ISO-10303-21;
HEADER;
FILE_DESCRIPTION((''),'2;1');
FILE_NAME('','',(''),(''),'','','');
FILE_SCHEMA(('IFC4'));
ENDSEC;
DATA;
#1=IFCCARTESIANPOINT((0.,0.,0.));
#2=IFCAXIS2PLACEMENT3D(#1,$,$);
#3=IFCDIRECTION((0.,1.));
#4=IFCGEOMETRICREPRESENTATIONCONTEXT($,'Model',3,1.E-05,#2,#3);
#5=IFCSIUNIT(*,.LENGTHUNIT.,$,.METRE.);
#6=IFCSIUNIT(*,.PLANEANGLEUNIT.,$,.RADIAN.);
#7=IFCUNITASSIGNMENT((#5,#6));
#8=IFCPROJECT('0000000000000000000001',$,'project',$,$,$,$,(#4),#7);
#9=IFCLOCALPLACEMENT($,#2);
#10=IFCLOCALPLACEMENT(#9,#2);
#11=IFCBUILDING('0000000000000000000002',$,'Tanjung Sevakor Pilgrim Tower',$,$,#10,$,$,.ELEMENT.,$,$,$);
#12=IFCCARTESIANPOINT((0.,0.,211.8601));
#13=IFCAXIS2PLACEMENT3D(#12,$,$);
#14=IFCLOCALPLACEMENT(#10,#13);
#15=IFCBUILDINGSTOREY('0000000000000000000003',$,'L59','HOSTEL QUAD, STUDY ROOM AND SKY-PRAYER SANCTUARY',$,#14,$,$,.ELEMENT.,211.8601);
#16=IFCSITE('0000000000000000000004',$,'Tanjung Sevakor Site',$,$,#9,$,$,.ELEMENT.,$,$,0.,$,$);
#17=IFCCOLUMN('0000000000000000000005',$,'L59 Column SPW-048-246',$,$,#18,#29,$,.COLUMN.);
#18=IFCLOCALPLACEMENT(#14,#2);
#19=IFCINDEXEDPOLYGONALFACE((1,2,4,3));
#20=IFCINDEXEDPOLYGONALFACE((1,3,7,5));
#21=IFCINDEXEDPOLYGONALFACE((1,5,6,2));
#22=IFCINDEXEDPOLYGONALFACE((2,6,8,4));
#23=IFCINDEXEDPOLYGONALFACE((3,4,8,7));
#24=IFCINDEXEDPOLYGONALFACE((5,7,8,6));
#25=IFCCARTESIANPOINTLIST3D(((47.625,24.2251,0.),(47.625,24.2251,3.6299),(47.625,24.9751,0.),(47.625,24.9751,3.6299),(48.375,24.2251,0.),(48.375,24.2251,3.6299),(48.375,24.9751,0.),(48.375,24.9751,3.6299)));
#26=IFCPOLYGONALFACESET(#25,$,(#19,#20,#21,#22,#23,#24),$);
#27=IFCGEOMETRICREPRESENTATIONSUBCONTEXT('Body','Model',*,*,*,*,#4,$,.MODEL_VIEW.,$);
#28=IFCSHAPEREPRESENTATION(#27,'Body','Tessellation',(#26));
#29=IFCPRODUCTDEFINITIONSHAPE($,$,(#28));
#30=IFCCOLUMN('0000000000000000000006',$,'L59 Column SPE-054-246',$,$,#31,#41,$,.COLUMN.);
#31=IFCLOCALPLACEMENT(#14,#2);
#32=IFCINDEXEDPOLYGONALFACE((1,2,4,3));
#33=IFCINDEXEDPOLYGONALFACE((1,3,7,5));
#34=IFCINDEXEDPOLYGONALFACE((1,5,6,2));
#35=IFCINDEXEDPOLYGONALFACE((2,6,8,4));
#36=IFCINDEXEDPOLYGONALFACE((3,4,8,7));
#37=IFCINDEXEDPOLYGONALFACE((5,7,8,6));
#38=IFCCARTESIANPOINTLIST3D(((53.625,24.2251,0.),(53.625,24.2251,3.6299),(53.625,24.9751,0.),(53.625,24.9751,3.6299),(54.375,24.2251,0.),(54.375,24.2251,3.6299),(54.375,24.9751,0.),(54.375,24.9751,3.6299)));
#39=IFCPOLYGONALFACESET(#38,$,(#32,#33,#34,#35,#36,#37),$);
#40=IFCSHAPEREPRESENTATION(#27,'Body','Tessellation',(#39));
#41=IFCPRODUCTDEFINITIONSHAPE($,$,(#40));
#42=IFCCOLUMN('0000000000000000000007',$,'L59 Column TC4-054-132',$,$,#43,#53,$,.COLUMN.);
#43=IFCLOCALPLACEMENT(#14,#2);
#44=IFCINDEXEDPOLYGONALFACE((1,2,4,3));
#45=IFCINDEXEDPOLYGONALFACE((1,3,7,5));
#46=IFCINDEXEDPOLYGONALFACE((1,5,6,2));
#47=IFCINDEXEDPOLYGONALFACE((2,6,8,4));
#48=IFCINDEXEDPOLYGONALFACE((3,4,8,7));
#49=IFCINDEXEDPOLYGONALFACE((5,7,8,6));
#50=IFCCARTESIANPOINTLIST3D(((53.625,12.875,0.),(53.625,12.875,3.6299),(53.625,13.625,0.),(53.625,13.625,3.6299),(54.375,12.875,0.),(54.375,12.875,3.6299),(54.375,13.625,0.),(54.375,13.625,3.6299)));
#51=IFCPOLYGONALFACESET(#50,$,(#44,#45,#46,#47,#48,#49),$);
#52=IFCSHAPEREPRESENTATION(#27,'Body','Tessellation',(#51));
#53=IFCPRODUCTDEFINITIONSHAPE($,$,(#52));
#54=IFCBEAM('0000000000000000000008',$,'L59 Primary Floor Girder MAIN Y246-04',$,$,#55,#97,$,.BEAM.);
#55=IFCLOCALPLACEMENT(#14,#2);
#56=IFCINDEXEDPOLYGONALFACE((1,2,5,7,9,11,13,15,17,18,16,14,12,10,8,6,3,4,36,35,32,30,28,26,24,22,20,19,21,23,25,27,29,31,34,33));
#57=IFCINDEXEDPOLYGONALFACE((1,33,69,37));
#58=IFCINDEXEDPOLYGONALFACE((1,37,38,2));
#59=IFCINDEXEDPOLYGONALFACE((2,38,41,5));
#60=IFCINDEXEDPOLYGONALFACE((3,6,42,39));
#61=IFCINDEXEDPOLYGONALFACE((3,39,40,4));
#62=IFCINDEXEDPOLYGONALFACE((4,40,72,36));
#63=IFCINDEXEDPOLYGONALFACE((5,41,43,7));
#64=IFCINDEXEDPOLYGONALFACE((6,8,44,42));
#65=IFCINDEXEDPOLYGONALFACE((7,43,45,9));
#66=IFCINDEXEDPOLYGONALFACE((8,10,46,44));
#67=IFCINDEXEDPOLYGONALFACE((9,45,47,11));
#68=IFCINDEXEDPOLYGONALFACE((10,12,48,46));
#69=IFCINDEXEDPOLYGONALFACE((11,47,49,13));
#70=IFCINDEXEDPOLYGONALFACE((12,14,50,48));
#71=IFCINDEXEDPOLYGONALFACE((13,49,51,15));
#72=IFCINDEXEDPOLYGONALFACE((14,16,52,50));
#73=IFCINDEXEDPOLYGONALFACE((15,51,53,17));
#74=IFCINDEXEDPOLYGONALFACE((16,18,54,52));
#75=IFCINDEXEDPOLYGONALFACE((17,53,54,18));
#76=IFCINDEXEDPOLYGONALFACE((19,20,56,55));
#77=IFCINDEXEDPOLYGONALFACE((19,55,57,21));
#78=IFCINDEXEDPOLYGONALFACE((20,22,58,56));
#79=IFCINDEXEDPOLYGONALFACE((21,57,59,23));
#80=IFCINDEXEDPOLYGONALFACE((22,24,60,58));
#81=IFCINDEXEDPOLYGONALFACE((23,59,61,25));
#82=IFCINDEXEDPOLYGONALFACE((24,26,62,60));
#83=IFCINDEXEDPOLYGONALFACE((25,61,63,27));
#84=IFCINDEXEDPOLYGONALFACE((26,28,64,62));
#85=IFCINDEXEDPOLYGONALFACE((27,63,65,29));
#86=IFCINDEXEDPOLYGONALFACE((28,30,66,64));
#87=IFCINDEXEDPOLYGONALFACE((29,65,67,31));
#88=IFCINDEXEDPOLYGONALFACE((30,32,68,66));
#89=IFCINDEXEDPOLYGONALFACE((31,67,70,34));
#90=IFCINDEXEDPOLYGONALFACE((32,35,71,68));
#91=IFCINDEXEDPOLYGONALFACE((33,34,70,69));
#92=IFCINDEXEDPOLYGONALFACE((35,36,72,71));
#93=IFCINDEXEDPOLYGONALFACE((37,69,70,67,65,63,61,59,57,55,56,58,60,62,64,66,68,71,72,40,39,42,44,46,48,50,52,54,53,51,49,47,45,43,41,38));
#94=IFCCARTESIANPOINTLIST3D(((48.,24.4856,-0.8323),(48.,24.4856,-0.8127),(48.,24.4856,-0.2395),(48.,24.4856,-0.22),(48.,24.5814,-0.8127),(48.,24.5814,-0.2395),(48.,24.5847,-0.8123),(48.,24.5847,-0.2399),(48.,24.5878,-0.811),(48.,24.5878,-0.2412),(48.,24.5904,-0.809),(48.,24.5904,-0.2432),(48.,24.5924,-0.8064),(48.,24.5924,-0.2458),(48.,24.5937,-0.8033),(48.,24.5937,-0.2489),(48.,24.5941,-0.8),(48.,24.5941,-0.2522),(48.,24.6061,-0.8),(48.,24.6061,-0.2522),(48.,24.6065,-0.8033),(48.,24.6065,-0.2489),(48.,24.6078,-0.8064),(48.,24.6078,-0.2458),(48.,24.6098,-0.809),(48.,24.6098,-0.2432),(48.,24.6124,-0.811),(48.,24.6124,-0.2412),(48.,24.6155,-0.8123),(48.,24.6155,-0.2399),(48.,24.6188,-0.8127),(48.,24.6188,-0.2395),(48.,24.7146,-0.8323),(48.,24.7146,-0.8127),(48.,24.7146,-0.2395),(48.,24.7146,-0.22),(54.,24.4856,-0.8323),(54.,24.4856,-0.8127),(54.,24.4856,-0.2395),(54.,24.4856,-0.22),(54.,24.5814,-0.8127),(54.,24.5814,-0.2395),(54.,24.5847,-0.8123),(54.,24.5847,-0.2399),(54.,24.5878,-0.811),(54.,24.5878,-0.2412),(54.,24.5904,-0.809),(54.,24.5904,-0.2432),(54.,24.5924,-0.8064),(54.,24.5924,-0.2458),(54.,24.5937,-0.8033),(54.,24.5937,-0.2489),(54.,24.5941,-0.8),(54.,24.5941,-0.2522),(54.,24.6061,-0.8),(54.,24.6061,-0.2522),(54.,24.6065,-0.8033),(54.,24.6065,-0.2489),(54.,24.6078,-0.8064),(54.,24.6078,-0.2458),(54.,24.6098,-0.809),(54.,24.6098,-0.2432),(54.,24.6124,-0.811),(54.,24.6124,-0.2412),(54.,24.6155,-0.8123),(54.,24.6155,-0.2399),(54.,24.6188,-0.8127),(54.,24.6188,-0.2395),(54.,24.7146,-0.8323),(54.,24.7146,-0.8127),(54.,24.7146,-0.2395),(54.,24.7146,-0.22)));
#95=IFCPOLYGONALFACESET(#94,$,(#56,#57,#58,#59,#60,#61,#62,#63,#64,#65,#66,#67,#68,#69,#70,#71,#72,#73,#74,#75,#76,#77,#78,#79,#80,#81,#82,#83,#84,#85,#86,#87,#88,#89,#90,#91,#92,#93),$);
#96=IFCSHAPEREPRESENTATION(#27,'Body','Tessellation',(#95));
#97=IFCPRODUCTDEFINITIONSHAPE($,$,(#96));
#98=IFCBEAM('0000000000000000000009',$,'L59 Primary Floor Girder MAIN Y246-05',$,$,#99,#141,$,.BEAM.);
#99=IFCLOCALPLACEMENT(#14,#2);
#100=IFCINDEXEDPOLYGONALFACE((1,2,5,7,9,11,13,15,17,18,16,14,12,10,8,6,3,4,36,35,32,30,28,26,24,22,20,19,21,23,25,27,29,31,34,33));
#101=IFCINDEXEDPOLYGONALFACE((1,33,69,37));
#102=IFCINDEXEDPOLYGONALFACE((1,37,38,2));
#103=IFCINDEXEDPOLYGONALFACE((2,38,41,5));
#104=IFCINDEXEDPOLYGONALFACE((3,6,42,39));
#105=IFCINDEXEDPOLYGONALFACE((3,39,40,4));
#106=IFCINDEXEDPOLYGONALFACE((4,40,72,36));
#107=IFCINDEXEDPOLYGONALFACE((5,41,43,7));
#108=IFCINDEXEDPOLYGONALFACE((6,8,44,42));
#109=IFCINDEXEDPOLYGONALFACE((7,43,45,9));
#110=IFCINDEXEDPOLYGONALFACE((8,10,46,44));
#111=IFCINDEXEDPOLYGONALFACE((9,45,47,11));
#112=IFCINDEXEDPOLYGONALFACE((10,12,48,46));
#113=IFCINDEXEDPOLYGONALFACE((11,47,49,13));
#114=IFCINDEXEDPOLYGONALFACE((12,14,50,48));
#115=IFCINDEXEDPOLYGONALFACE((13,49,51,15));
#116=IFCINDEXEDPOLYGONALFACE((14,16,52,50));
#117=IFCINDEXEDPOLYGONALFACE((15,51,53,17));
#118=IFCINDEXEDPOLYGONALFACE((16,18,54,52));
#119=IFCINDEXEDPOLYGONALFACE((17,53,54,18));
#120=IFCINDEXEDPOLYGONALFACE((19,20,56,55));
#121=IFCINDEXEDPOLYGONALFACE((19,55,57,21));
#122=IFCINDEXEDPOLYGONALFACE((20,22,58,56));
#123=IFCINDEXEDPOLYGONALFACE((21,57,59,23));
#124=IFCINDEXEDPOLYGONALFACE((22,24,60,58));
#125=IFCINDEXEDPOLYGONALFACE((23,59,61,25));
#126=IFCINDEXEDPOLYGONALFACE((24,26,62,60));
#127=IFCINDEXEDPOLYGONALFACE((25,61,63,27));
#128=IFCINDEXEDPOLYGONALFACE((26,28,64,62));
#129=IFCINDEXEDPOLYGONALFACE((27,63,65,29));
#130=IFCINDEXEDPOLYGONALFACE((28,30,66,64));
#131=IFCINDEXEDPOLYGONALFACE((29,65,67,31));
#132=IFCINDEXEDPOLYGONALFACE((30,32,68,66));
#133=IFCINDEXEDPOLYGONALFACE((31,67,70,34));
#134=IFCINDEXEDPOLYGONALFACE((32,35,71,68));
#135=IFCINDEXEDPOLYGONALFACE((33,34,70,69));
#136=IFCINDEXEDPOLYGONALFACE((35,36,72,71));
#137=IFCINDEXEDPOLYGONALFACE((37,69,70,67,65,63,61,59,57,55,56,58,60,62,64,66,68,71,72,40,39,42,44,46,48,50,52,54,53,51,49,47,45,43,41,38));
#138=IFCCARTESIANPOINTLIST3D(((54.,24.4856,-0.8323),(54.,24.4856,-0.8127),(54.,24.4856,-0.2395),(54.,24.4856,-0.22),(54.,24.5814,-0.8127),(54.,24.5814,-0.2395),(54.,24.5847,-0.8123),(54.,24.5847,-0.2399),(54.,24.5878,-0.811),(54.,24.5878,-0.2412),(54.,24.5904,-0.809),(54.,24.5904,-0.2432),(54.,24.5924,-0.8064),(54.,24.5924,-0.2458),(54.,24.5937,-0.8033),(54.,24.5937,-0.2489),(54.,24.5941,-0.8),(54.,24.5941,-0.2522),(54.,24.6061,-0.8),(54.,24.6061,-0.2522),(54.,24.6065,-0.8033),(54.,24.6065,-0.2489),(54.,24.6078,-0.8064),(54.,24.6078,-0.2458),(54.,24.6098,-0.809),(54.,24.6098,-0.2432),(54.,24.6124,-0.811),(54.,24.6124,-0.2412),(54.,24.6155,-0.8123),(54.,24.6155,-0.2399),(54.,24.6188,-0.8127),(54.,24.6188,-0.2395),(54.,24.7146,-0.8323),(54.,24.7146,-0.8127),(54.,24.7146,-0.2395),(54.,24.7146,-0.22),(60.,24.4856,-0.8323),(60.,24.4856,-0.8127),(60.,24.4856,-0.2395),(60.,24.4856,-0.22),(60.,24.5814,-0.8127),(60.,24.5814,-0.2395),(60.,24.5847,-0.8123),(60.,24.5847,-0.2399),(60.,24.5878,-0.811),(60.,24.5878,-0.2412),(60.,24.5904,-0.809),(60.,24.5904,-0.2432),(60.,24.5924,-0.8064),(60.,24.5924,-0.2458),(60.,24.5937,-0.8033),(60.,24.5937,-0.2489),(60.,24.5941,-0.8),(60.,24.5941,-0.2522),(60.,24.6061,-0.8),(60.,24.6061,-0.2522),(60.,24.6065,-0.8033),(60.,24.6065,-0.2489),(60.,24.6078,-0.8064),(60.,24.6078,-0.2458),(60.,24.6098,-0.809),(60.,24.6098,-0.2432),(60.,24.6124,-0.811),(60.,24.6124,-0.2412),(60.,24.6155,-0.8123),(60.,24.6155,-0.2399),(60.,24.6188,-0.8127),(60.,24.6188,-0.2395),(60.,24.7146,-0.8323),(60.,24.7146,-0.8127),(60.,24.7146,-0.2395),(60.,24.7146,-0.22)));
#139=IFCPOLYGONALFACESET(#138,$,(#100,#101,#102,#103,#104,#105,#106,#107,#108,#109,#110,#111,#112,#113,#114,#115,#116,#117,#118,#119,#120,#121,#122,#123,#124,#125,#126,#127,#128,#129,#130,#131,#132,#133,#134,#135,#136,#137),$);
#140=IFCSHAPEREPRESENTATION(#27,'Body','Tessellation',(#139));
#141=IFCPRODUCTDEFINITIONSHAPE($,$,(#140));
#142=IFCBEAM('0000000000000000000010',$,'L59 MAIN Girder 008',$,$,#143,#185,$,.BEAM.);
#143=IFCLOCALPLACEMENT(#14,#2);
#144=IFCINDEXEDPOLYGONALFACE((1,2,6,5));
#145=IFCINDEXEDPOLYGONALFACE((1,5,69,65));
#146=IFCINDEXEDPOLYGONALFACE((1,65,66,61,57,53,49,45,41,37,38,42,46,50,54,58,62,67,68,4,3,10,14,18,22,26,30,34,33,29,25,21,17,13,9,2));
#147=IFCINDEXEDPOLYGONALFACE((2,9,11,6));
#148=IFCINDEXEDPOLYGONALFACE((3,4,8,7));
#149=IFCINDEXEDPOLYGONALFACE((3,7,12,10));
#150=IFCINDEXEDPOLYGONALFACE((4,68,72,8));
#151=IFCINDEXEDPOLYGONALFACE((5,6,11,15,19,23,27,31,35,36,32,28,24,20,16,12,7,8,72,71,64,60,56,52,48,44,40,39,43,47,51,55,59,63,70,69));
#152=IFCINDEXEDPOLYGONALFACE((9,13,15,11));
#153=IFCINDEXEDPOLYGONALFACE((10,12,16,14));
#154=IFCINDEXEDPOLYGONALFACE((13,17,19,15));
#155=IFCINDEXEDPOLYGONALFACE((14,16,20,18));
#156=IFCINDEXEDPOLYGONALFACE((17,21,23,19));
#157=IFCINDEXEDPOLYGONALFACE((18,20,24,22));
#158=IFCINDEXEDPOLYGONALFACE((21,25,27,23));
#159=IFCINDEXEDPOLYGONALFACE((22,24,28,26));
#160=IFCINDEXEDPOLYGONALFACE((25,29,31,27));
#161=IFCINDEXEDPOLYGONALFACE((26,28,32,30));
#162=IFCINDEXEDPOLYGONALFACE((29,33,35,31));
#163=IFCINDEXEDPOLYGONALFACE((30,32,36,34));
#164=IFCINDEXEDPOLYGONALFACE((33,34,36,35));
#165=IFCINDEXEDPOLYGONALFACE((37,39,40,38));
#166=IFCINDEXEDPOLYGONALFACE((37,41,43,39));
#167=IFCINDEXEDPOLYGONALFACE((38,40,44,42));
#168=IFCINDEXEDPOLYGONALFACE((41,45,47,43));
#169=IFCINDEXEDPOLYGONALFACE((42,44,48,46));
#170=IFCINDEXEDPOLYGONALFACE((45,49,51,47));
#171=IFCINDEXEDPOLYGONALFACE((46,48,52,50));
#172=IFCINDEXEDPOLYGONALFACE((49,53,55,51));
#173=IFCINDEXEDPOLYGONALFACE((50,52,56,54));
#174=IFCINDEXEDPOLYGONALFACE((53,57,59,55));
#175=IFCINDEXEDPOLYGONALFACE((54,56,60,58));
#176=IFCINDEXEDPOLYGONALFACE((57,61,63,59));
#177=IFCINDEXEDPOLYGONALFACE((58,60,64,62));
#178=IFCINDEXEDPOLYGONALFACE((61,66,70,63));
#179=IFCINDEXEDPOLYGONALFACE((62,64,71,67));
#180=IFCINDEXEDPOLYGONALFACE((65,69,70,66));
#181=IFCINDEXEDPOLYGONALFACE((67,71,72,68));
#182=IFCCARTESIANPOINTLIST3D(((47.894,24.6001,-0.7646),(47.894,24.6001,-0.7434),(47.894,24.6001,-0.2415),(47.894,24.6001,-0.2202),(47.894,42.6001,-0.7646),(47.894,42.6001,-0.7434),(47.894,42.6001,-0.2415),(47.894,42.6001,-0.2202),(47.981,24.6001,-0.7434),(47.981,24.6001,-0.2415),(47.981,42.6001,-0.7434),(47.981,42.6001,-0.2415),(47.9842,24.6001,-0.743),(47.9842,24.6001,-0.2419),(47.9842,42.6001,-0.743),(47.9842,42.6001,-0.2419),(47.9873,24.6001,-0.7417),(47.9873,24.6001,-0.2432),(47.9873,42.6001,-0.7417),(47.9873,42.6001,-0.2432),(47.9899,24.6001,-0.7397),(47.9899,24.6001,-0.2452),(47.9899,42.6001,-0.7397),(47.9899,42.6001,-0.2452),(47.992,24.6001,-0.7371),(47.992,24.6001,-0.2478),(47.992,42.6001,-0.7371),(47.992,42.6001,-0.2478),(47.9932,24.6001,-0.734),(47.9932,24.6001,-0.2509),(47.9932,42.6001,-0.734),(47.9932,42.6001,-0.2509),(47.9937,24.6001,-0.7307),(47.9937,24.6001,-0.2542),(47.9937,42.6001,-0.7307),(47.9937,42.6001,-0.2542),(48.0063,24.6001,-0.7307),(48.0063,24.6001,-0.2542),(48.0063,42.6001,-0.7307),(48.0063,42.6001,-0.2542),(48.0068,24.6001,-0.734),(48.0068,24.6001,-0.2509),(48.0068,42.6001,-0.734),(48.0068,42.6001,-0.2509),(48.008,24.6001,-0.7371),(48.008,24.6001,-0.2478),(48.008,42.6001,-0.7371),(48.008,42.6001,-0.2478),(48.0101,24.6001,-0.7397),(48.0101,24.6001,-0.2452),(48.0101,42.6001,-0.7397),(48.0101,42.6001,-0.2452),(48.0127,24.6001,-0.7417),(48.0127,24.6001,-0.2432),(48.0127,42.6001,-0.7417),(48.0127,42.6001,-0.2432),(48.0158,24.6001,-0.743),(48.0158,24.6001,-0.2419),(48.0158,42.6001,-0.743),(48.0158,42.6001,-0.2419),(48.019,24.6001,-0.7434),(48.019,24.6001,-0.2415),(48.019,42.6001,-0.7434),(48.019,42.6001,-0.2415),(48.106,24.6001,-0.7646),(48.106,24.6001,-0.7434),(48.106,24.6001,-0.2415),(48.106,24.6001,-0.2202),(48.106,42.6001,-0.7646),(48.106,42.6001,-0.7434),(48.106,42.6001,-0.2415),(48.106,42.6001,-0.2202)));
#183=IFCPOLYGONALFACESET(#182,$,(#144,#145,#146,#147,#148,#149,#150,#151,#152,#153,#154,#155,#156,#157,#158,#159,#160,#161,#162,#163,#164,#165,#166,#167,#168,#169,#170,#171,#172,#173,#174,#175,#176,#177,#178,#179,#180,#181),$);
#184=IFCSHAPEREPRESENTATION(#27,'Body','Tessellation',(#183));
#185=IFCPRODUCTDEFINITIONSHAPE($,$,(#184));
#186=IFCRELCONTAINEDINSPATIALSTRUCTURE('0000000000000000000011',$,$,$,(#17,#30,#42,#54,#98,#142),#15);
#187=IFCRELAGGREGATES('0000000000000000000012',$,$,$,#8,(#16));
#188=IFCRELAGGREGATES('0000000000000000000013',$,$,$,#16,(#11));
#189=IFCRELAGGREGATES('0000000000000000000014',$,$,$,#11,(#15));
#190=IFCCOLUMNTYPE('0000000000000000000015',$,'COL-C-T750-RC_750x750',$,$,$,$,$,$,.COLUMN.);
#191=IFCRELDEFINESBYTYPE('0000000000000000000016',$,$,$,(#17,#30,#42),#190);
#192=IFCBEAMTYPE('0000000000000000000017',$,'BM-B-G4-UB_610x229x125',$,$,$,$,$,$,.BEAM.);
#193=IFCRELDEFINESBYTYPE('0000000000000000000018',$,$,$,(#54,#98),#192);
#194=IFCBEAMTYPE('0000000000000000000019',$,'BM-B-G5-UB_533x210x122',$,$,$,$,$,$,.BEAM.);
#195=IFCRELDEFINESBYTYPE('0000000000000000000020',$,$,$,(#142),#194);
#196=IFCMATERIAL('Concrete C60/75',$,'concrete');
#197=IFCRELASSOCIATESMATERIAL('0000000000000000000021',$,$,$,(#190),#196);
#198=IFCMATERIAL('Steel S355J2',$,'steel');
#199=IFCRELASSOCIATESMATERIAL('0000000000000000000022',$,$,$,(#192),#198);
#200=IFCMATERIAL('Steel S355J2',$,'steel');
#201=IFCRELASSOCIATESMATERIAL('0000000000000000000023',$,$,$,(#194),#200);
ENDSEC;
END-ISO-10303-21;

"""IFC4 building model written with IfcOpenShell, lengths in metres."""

from ifc_helpers import new_model, si_unit, direction, frame, origin, origin_2d, place, context, subcontext, project, spatial, rectangle, i_section, extrude, material, material_profile, profile_set, type_object, element, save


model = new_model("IFC4")

# Units and contexts
model_context = context("Model", 3, precision=1e-05, world=origin(), true_north=direction((0.0, 1.0)))
body_context = subcontext(model_context, "Body", "Model", "MODEL_VIEW")
ifc_project = project(units=[si_unit("LENGTHUNIT", "METRE"), si_unit("PLANEANGLEUNIT", "RADIAN")], contexts=[model_context])

# Site, building, storey
site_placement = place(None, origin())
site = spatial("IfcSite", under=ifc_project, at=site_placement, Name="Tanjung Sevakor Site", CompositionType="ELEMENT", RefElevation=0.0)
building_placement = place(site_placement, origin())
building = spatial("IfcBuilding", under=site, at=building_placement, Name="Tanjung Sevakor Pilgrim Tower", CompositionType="ELEMENT")
storey_placement = place(building_placement, frame((0.0, 0.0, 211.8601)))
storey = spatial("IfcBuildingStorey", under=building, at=storey_placement, Name="L59", Description="HOSTEL QUAD, STUDY ROOM AND SKY-PRAYER SANCTUARY", CompositionType="ELEMENT", Elevation=211.8601)

# Columns
ifc_material_1 = material(Name="Concrete C60/75", Category="concrete")
ifc_material_profile_1 = material_profile(ifc_material_1, rectangle(XDim=0.75, YDim=0.75, at=origin_2d()))
ifc_profile_set_1 = profile_set([ifc_material_profile_1], Name="Concrete C60/75")
column_type = type_object("IfcColumnType", Name="COL-C-T750-RC_750x750", PredefinedType="COLUMN", material=ifc_profile_set_1)
for number, where, z_axis, x_axis, name in (
    (1, (48.0, 24.6001, 0.0), (0.0, 0.0, 1.0), (1.0, 0.0, 0.0), "L59 Column SPW-048-246"),
    (2, (54.0, 24.6001, 0.0), (0.0, 0.0, 1.0), (1.0, 0.0, 0.0), "L59 Column SPE-054-246"),
    (3, (54.0, 13.25, 0.0), (0.0, 0.0, 1.0), (1.0, 0.0, 0.0), "L59 Column TC4-054-132"),
):
    element("IfcColumn", number, at=place(storey_placement, frame(where, z_axis=z_axis, x_axis=x_axis)), inside=storey, type_object=column_type, Name=name, PredefinedType="COLUMN", context=body_context, shape_type="SweptSolid", body=[
        extrude(rectangle(XDim=0.75, YDim=0.75, at=origin_2d()), origin(), (0.0, 0.0, 1.0), 3.6299),
    ])

# Beams
ifc_material_2 = material(Name="Steel S355J2", Category="steel")
ifc_material_profile_2 = material_profile(ifc_material_2, i_section(OverallWidth=0.229, OverallDepth=0.6123, WebThickness=0.012, FlangeThickness=0.0195, FilletRadius=0.0127, at=origin_2d()))
ifc_profile_set_2 = profile_set([ifc_material_profile_2], Name="Steel S355J2")
beam_type_1 = type_object("IfcBeamType", Name="BM-B-G4-UB_610x229x125", PredefinedType="BEAM", material=ifc_profile_set_2)
for number, where, z_axis, x_axis, name in (
    (4, (48.0, 24.6001, -0.5261), (1.0, 0.0, 0.0), (0.0, 1.0, 0.0), "L59 Primary Floor Girder MAIN Y246-04"),
    (5, (54.0, 24.6001, -0.5261), (1.0, 0.0, 0.0), (0.0, 1.0, 0.0), "L59 Primary Floor Girder MAIN Y246-05"),
):
    element("IfcBeam", number, at=place(storey_placement, frame(where, z_axis=z_axis, x_axis=x_axis)), inside=storey, type_object=beam_type_1, Name=name, PredefinedType="BEAM", context=body_context, shape_type="SweptSolid", body=[
        extrude(i_section(OverallWidth=0.229, OverallDepth=0.6123, WebThickness=0.012, FlangeThickness=0.0195, FilletRadius=0.0127, at=origin_2d()), origin(), (0.0, 0.0, 1.0), 6.0),
    ])
ifc_material_3 = material(Name="Steel S355J2", Category="steel")
ifc_material_profile_3 = material_profile(ifc_material_3, i_section(OverallWidth=0.2119, OverallDepth=0.5444, WebThickness=0.0127, FlangeThickness=0.0212, FilletRadius=0.0127, at=origin_2d()))
ifc_profile_set_3 = profile_set([ifc_material_profile_3], Name="Steel S355J2")
beam_type_2 = type_object("IfcBeamType", Name="BM-B-G5-UB_533x210x122", PredefinedType="BEAM", material=ifc_profile_set_3)
beam_1_placement = place(storey_placement, frame((48.0, 24.6001, -0.4924), z_axis=(0.0, 1.0, 0.0), x_axis=(-1.0, 0.0, 0.0)))
element("IfcBeam", 6, at=beam_1_placement, inside=storey, type_object=beam_type_2, Name="L59 MAIN Girder 008", PredefinedType="BEAM", context=body_context, shape_type="SweptSolid", body=[
    extrude(i_section(OverallWidth=0.2119, OverallDepth=0.5444, WebThickness=0.0127, FlangeThickness=0.0212, FilletRadius=0.0127, at=origin_2d()), origin(), (0.0, 0.0, 1.0), 18.0),
])

save(model, "model.ifc")
